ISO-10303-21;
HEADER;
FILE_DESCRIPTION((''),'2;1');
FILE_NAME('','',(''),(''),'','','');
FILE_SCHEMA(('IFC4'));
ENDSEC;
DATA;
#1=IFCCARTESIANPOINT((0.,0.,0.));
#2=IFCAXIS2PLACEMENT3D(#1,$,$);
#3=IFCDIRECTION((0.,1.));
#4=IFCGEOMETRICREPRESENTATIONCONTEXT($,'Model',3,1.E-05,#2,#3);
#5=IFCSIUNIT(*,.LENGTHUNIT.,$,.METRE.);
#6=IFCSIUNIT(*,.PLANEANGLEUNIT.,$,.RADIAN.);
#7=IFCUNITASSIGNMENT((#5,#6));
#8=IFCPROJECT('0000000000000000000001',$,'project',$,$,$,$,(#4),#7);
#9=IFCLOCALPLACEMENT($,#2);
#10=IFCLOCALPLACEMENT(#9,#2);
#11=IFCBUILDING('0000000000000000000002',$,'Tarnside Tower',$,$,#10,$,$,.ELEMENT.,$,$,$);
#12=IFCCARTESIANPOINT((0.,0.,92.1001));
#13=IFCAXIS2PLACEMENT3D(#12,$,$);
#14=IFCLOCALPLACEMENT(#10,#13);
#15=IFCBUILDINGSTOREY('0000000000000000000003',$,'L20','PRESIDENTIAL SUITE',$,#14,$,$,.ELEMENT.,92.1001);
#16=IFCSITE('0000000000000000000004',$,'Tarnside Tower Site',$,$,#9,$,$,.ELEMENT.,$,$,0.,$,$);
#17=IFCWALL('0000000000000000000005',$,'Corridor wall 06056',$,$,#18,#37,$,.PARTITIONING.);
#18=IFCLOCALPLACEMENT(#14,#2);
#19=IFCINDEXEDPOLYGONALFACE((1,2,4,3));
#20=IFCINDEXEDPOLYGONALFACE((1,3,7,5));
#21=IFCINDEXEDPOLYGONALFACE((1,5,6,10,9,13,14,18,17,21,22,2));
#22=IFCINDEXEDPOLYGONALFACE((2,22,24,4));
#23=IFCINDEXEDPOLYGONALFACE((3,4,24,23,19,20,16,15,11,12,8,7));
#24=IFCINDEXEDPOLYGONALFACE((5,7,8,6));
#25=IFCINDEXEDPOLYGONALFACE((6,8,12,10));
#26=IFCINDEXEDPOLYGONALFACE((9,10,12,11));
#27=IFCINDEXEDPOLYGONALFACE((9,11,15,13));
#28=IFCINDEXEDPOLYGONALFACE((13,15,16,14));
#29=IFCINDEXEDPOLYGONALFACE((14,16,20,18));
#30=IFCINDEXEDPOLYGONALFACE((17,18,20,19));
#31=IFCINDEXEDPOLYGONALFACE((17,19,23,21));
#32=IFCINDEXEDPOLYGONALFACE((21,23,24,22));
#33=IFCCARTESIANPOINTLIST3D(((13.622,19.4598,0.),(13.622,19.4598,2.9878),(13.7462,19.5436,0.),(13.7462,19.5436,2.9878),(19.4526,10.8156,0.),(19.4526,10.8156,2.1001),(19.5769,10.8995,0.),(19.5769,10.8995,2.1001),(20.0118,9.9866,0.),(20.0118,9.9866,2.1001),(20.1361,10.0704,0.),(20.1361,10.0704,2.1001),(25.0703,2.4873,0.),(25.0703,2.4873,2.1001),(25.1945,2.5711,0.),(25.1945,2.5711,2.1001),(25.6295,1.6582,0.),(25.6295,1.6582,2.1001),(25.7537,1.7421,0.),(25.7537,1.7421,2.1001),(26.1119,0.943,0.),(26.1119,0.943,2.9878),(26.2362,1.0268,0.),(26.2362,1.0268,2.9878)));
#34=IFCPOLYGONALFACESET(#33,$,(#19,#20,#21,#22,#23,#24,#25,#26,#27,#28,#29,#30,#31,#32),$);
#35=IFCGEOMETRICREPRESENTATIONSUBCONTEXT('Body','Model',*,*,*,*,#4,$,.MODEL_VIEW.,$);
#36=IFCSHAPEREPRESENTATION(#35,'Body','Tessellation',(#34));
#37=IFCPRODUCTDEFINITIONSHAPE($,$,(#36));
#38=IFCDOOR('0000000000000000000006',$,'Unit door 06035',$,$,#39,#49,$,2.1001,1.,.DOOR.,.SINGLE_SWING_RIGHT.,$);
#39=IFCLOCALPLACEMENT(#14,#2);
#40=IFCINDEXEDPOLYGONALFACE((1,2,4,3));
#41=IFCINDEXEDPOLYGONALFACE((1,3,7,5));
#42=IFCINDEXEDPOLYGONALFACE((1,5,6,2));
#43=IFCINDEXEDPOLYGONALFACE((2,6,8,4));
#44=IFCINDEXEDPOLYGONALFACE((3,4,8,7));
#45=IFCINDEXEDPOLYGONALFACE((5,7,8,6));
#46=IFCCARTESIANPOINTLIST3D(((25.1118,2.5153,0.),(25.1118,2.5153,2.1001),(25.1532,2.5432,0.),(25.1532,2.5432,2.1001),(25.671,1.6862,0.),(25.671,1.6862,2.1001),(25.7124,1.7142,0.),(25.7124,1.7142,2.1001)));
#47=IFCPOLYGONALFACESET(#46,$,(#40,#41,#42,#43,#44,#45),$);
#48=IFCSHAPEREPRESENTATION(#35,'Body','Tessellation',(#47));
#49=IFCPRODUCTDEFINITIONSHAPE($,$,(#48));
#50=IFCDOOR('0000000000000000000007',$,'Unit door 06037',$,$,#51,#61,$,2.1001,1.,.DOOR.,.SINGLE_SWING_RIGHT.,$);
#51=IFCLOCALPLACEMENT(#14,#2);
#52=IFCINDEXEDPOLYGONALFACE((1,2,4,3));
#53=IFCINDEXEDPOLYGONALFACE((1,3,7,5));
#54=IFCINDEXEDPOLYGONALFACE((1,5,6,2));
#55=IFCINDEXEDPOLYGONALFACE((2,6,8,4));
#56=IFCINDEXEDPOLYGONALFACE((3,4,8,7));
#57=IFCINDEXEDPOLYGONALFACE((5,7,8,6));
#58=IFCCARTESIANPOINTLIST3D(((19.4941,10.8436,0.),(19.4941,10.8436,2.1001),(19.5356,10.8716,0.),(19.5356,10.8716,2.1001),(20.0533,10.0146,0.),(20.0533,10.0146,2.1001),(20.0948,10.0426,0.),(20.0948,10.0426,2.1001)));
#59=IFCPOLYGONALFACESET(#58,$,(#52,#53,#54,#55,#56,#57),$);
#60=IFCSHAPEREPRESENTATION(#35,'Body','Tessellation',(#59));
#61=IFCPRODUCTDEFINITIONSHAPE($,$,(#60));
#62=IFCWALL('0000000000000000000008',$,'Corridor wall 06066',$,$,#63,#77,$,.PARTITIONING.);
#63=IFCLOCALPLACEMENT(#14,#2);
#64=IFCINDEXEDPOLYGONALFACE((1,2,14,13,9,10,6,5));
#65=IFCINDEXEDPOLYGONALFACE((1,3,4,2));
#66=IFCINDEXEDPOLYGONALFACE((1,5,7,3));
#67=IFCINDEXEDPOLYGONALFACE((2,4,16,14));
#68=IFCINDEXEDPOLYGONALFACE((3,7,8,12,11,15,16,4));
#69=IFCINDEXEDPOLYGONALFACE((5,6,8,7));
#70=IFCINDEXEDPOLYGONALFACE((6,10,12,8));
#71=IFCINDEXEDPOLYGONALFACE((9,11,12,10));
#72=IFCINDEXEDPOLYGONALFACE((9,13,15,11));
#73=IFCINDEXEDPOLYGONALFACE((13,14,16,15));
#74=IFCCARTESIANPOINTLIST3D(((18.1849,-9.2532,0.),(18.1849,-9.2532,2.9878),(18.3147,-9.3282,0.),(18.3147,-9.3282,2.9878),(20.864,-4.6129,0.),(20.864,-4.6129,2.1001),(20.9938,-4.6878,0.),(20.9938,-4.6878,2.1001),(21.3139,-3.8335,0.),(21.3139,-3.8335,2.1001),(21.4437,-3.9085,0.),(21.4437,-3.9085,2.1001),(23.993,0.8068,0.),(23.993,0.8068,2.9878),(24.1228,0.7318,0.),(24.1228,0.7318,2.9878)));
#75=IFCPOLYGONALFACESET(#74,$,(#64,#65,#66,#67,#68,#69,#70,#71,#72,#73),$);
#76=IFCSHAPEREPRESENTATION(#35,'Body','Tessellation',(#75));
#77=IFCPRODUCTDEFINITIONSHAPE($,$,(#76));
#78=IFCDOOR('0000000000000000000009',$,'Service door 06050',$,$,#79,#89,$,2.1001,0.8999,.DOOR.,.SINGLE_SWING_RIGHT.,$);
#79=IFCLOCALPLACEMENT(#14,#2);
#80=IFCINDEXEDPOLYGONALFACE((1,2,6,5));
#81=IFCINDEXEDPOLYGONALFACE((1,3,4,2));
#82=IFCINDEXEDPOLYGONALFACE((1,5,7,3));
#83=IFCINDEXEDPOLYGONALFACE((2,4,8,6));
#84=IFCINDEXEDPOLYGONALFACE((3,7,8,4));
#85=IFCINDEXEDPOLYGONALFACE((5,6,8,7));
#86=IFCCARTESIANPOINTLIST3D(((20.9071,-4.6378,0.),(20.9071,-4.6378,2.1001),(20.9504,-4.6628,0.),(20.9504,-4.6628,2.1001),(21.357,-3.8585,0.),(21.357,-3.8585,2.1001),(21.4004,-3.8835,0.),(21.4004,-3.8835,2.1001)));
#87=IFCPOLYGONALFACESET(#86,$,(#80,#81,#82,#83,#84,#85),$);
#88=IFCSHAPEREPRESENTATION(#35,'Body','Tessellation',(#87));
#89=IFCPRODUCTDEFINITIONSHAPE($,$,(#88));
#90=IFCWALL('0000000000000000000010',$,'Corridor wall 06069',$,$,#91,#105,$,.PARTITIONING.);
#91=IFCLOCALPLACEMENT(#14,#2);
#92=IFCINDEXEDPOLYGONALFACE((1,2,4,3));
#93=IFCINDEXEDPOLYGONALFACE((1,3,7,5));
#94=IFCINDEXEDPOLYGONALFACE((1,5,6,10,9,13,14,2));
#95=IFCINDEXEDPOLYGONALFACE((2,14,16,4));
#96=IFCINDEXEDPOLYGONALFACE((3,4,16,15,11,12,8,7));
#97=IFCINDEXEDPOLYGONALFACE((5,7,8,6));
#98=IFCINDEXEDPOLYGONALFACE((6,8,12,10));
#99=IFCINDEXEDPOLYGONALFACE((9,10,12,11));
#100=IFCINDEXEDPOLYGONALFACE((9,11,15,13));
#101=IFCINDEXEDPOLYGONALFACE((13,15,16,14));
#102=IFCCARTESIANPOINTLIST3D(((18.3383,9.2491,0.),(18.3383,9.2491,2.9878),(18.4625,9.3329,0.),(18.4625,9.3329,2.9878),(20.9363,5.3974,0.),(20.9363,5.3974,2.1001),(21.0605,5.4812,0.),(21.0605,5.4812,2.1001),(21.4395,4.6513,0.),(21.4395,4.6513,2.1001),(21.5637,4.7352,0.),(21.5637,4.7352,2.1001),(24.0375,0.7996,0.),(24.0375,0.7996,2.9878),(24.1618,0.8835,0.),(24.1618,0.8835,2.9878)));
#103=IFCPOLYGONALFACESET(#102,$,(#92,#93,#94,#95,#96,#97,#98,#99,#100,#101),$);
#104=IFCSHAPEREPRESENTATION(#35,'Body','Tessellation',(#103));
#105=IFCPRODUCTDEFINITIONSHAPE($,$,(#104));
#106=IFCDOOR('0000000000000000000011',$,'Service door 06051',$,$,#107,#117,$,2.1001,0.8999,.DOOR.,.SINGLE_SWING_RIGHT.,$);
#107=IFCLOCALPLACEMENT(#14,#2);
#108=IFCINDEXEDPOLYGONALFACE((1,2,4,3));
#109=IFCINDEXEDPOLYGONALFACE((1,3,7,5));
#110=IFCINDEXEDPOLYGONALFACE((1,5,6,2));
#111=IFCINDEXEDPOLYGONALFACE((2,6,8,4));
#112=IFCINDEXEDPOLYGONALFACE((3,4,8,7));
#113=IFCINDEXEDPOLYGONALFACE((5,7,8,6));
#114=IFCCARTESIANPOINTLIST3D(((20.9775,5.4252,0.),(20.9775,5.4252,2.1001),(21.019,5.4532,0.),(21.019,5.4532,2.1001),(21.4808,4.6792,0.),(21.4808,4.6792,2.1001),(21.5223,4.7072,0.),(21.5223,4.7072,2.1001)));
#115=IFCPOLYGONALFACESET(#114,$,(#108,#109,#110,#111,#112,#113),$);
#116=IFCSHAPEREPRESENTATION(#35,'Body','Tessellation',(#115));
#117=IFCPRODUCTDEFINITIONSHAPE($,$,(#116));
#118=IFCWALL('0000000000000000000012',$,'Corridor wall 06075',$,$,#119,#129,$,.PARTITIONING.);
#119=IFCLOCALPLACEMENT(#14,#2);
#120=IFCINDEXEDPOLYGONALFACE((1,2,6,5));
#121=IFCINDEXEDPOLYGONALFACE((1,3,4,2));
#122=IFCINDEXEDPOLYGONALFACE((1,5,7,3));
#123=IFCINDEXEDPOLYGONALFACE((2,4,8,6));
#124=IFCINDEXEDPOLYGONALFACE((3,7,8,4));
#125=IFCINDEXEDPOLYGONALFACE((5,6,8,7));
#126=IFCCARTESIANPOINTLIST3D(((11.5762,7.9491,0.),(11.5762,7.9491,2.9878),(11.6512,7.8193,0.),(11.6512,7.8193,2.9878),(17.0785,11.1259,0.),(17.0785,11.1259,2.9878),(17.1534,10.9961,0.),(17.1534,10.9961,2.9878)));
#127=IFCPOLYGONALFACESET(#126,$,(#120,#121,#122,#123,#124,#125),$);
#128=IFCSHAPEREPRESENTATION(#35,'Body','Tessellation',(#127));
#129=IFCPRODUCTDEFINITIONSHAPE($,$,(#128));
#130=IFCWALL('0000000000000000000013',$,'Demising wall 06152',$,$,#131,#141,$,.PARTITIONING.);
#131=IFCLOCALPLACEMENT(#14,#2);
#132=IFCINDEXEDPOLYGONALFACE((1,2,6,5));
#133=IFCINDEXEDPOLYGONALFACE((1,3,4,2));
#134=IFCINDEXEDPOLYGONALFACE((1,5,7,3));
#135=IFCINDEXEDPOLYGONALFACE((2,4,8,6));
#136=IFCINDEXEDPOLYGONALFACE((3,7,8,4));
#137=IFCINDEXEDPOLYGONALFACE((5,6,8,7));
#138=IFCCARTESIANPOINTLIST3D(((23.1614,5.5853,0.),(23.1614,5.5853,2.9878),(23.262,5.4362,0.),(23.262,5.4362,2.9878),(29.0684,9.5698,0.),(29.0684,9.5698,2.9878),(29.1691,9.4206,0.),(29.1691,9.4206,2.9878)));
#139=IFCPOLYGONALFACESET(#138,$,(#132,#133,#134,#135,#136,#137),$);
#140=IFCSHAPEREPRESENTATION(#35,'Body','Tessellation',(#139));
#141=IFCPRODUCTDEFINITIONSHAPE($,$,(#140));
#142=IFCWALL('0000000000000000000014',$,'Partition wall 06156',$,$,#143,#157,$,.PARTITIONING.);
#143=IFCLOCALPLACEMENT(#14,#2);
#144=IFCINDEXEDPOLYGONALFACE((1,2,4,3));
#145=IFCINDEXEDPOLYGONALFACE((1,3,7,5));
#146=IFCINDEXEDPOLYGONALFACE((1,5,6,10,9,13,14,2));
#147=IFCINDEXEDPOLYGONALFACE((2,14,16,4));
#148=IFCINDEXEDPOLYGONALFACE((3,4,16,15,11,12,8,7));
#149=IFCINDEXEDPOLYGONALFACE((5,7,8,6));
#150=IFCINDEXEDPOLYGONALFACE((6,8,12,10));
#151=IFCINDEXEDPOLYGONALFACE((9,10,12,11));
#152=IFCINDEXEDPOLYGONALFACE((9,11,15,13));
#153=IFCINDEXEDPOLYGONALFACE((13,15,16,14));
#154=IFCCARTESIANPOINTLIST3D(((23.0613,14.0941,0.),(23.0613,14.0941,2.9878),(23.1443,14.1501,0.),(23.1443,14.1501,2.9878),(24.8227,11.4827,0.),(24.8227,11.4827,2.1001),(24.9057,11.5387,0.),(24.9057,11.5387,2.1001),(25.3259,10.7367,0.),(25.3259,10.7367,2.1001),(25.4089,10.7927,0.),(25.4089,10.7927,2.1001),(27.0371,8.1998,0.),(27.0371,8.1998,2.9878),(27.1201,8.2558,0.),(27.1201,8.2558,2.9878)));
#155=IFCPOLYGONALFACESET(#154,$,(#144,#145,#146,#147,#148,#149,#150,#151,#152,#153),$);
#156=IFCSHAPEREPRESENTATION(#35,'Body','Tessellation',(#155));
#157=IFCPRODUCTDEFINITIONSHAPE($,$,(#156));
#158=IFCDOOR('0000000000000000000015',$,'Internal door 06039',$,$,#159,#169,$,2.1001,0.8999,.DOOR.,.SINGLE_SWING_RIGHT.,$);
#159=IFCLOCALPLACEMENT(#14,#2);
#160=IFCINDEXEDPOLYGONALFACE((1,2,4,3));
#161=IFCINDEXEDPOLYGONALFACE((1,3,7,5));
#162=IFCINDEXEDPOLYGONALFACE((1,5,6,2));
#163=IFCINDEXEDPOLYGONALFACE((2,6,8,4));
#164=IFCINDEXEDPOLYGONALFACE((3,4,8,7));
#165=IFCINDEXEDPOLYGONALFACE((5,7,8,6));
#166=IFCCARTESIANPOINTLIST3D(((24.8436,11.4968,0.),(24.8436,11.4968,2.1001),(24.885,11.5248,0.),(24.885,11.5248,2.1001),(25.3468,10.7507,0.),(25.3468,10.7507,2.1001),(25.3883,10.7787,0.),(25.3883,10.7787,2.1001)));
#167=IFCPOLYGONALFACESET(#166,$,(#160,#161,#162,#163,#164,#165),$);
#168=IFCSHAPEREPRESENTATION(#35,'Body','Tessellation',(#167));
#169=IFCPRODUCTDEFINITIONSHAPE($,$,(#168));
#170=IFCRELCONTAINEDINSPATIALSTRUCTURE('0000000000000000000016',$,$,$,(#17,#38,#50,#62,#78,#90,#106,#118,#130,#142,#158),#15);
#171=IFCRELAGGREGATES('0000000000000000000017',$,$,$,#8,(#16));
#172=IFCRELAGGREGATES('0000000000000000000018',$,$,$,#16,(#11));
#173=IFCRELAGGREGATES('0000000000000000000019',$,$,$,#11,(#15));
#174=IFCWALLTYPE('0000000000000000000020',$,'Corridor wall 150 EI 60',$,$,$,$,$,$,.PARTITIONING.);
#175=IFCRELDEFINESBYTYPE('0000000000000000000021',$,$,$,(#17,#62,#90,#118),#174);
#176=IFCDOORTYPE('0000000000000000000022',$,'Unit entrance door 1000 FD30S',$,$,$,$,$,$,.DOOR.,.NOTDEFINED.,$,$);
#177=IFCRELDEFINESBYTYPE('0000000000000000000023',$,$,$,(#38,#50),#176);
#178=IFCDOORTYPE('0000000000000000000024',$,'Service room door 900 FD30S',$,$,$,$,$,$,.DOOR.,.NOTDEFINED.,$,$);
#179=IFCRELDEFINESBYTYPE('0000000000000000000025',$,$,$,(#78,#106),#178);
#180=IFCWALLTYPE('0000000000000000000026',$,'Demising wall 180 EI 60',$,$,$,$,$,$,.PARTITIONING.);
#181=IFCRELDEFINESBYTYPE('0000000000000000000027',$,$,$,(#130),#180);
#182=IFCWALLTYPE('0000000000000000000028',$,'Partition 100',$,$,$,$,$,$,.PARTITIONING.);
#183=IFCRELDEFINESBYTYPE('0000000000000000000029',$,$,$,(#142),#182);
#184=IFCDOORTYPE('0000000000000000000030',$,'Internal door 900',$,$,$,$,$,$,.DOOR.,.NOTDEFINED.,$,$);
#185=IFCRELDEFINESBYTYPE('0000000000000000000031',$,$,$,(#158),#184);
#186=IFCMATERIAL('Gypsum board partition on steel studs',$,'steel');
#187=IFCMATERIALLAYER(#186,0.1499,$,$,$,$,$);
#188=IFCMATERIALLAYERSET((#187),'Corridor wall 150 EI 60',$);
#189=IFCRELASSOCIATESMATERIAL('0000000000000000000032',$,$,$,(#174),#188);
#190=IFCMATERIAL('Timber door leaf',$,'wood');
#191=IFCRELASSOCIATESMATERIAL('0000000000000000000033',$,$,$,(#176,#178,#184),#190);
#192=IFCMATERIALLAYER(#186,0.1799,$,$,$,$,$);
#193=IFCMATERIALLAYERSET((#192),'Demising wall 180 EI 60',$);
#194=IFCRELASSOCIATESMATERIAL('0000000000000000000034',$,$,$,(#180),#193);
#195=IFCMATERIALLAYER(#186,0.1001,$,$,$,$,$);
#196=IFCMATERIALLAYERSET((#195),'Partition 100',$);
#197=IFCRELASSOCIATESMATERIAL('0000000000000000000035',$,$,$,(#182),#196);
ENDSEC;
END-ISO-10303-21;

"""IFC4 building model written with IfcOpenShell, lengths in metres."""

from ifc_helpers import new_model, si_unit, direction, frame, frame_2d, origin, place, context, subcontext, project, spatial, rectangle, extrude, material, layer, layer_set, type_object, element, fill, save


model = new_model("IFC4")

# Units and contexts
model_context = context("Model", 3, precision=1e-05, world=origin(), true_north=direction((0.0, 1.0)))
body_context = subcontext(model_context, "Body", "Model", "MODEL_VIEW")
ifc_project = project(units=[si_unit("LENGTHUNIT", "METRE"), si_unit("PLANEANGLEUNIT", "RADIAN")], contexts=[model_context])

# Site, building, storey
site_placement = place(None, origin())
site = spatial("IfcSite", under=ifc_project, at=site_placement, Name="Tarnside Tower Site", CompositionType="ELEMENT", RefElevation=0.0)
building_placement = place(site_placement, origin())
building = spatial("IfcBuilding", under=site, at=building_placement, Name="Tarnside Tower", CompositionType="ELEMENT")
storey_placement = place(building_placement, frame((0.0, 0.0, 92.1001)))
storey = spatial("IfcBuildingStorey", under=building, at=storey_placement, Name="L20", Description="PRESIDENTIAL SUITE", CompositionType="ELEMENT", Elevation=92.1001)

# Shared definitions
ifc_material_1 = material(Name="Gypsum board partition on steel studs", Category="steel")

# Shared definitions
ifc_material_2 = material(Name="Timber door leaf", Category="wood")

# Wall, openings, doors
ifc_layer_1 = layer(ifc_material_1, 0.1499)
ifc_layer_set_1 = layer_set([ifc_layer_1], Name="Corridor wall 150 EI 60")
wall_type_1 = type_object("IfcWallType", Name="Corridor wall 150 EI 60", PredefinedType="PARTITIONING", material=ifc_layer_set_1)
wall_1_placement = place(storey_placement, frame((26.1741, 0.9849, 0.0), z_axis=(0.0, 0.0, 1.0), x_axis=(-0.5592, 0.829033, 0.0)))
wall_1 = element("IfcWall", 1, at=wall_1_placement, inside=storey, type_object=wall_type_1, Name="Corridor wall 06056", PredefinedType="PARTITIONING", context=body_context, shape_type="SweptSolid", body=[
    extrude(rectangle(XDim=22.3354, YDim=0.1499, at=frame_2d((11.1677, 0.0))), origin(), (0.0, 0.0, 1.0), 2.9878),
])
opening_1_placement = place(wall_1_placement, frame((0.8628, 0.0, 0.0)))
opening_1 = element("IfcOpeningElement", 2, at=opening_1_placement, cuts=wall_1, PredefinedType="OPENING", context=body_context, shape_type="SweptSolid", body=[
    extrude(rectangle(XDim=1.0, YDim=2.1001, at=frame_2d((0.5, 1.05))), frame((0.0, 0.085, 0.0), z_axis=(0.0, -1.0, 0.0), x_axis=(1.0, 0.0, 0.0)), (0.0, 0.0, 1.0), 0.1699),
])
opening_2_placement = place(wall_1_placement, frame((10.9087, 0.0, 0.0)))
opening_2 = element("IfcOpeningElement", 3, at=opening_2_placement, cuts=wall_1, PredefinedType="OPENING", context=body_context, shape_type="SweptSolid", body=[
    extrude(rectangle(XDim=1.0, YDim=2.1001, at=frame_2d((0.5, 1.05))), frame((0.0, 0.085, 0.0), z_axis=(0.0, -1.0, 0.0), x_axis=(1.0, 0.0, 0.0)), (0.0, 0.0, 1.0), 0.1699),
])
door_type_1 = type_object("IfcDoorType", Name="Unit entrance door 1000 FD30S", OperationType="NOTDEFINED", PredefinedType="DOOR", material=ifc_material_2)
door_1_placement = place(opening_1_placement, origin())
door_1 = element("IfcDoor", 4, at=door_1_placement, inside=storey, type_object=door_type_1, Name="Unit door 06035", OperationType="SINGLE_SWING_RIGHT", OverallHeight=2.1001, OverallWidth=1.0, PredefinedType="DOOR", context=body_context, shape_type="SweptSolid", body=[
    extrude(rectangle(XDim=1.0, YDim=2.1001, at=frame_2d((0.5, 1.05))), frame((0.0, 0.0249, 0.0), z_axis=(0.0, -1.0, 0.0), x_axis=(1.0, 0.0, 0.0)), (0.0, 0.0, 1.0), 0.05),
])
fill(opening_1, door_1)
door_2_placement = place(opening_2_placement, origin())
door_2 = element("IfcDoor", 5, at=door_2_placement, inside=storey, type_object=door_type_1, Name="Unit door 06037", OperationType="SINGLE_SWING_RIGHT", OverallHeight=2.1001, OverallWidth=1.0, PredefinedType="DOOR", context=body_context, shape_type="SweptSolid", body=[
    extrude(rectangle(XDim=1.0, YDim=2.1001, at=frame_2d((0.5, 1.05))), frame((0.0, 0.0249, 0.0), z_axis=(0.0, -1.0, 0.0), x_axis=(1.0, 0.0, 0.0)), (0.0, 0.0, 1.0), 0.05),
])
fill(opening_2, door_2)

# Walls, openings, doors
wall_2_placement = place(storey_placement, frame((24.0579, 0.7693, 0.0), z_axis=(0.0, 0.0, 1.0), x_axis=(-0.499995, -0.866028, 0.0)))
wall_2 = element("IfcWall", 6, at=wall_2_placement, inside=storey, type_object=wall_type_1, Name="Corridor wall 06066", PredefinedType="PARTITIONING", context=body_context, shape_type="SweptSolid", body=[
    extrude(rectangle(XDim=11.6162, YDim=0.1499, at=frame_2d((5.8081, 0.0))), origin(), (0.0, 0.0, 1.0), 2.9878),
])
opening_3_placement = place(wall_2_placement, frame((5.3582, 0.0, 0.0)))
opening_3 = element("IfcOpeningElement", 7, at=opening_3_placement, cuts=wall_2, PredefinedType="OPENING", context=body_context, shape_type="SweptSolid", body=[
    extrude(rectangle(XDim=0.8999, YDim=2.1001, at=frame_2d((0.45, 1.05))), frame((0.0, 0.085, 0.0), z_axis=(0.0, -1.0, 0.0), x_axis=(1.0, 0.0, 0.0)), (0.0, 0.0, 1.0), 0.1699),
])
door_type_2 = type_object("IfcDoorType", Name="Service room door 900 FD30S", OperationType="NOTDEFINED", PredefinedType="DOOR", material=ifc_material_2)
door_3_placement = place(opening_3_placement, origin())
door_3 = element("IfcDoor", 8, at=door_3_placement, inside=storey, type_object=door_type_2, Name="Service door 06050", OperationType="SINGLE_SWING_RIGHT", OverallHeight=2.1001, OverallWidth=0.8999, PredefinedType="DOOR", context=body_context, shape_type="SweptSolid", body=[
    extrude(rectangle(XDim=0.8999, YDim=2.1001, at=frame_2d((0.45, 1.05))), frame((0.0, 0.0249, 0.0), z_axis=(0.0, -1.0, 0.0), x_axis=(1.0, 0.0, 0.0)), (0.0, 0.0, 1.0), 0.05),
])
fill(opening_3, door_3)
wall_3_placement = place(storey_placement, frame((18.4004, 9.291, 0.0), z_axis=(0.0, 0.0, 1.0), x_axis=(0.559192, -0.829038, 0.0)))
wall_3 = element("IfcWall", 9, at=wall_3_placement, inside=storey, type_object=wall_type_1, Name="Corridor wall 06069", PredefinedType="PARTITIONING", context=body_context, shape_type="SweptSolid", body=[
    extrude(rectangle(XDim=10.1919, YDim=0.1499, at=frame_2d((5.0959, 0.0))), origin(), (0.0, 0.0, 1.0), 2.9878),
])
opening_4_placement = place(wall_3_placement, frame((4.646, 0.0, 0.0)))
opening_4 = element("IfcOpeningElement", 10, at=opening_4_placement, cuts=wall_3, PredefinedType="OPENING", context=body_context, shape_type="SweptSolid", body=[
    extrude(rectangle(XDim=0.8999, YDim=2.1001, at=frame_2d((0.45, 1.05))), frame((0.0, 0.085, 0.0), z_axis=(0.0, -1.0, 0.0), x_axis=(1.0, 0.0, 0.0)), (0.0, 0.0, 1.0), 0.1699),
])
door_4_placement = place(opening_4_placement, origin())
door_4 = element("IfcDoor", 11, at=door_4_placement, inside=storey, type_object=door_type_2, Name="Service door 06051", OperationType="SINGLE_SWING_RIGHT", OverallHeight=2.1001, OverallWidth=0.8999, PredefinedType="DOOR", context=body_context, shape_type="SweptSolid", body=[
    extrude(rectangle(XDim=0.8999, YDim=2.1001, at=frame_2d((0.45, 1.05))), frame((0.0, 0.0249, 0.0), z_axis=(0.0, -1.0, 0.0), x_axis=(1.0, 0.0, 0.0)), (0.0, 0.0, 1.0), 0.05),
])
fill(opening_4, door_4)

# Walls
wall_4_placement = place(storey_placement, frame((17.116, 11.061, 0.0), z_axis=(0.0, 0.0, 1.0), x_axis=(-0.866021, -0.500007, 0.0)))
element("IfcWall", 12, at=wall_4_placement, inside=storey, type_object=wall_type_1, Name="Corridor wall 06075", PredefinedType="PARTITIONING", context=body_context, shape_type="SweptSolid", body=[
    extrude(rectangle(XDim=6.3535, YDim=0.1499, at=frame_2d((3.1768, 0.0))), origin(), (0.0, 0.0, 1.0), 2.9878),
])
ifc_layer_2 = layer(ifc_material_1, 0.1799)
ifc_layer_set_2 = layer_set([ifc_layer_2], Name="Demising wall 180 EI 60")
wall_type_2 = type_object("IfcWallType", Name="Demising wall 180 EI 60", PredefinedType="PARTITIONING", material=ifc_layer_set_2)
wall_5_placement = place(storey_placement, frame((29.1187, 9.4951, 0.0), z_axis=(0.0, 0.0, 1.0), x_axis=(-0.829033, -0.559199, 0.0)))
element("IfcWall", 13, at=wall_5_placement, inside=storey, type_object=wall_type_2, Name="Demising wall 06152", PredefinedType="PARTITIONING", context=body_context, shape_type="SweptSolid", body=[
    extrude(rectangle(XDim=7.1252, YDim=0.1799, at=frame_2d((3.5625, 0.0))), origin(), (0.0, 0.0, 1.0), 2.9878),
])

# Wall, opening, door
ifc_layer_3 = layer(ifc_material_1, 0.1001)
ifc_layer_set_3 = layer_set([ifc_layer_3], Name="Partition 100")
wall_type_3 = type_object("IfcWallType", Name="Partition 100", PredefinedType="PARTITIONING", material=ifc_layer_set_3)
wall_6_placement = place(storey_placement, frame((27.0786, 8.2278, 0.0), z_axis=(0.0, 0.0, 1.0), x_axis=(-0.559201, 0.829032, 0.0)))
wall_6 = element("IfcWall", 14, at=wall_6_placement, inside=storey, type_object=wall_type_3, Name="Partition wall 06156", PredefinedType="PARTITIONING", context=body_context, shape_type="SweptSolid", body=[
    extrude(rectangle(XDim=7.1099, YDim=0.1001, at=frame_2d((3.5549, 0.0))), origin(), (0.0, 0.0, 1.0), 2.9878),
])
opening_5_placement = place(wall_6_placement, frame((3.0601, 0.0, 0.0)))
opening_5 = element("IfcOpeningElement", 15, at=opening_5_placement, cuts=wall_6, PredefinedType="OPENING", context=body_context, shape_type="SweptSolid", body=[
    extrude(rectangle(XDim=0.8999, YDim=2.1001, at=frame_2d((0.45, 1.05))), frame((0.0, 0.0601, 0.0), z_axis=(0.0, -1.0, 0.0), x_axis=(1.0, 0.0, 0.0)), (0.0, 0.0, 1.0), 0.1201),
])
door_type_3 = type_object("IfcDoorType", Name="Internal door 900", OperationType="NOTDEFINED", PredefinedType="DOOR", material=ifc_material_2)
door_5_placement = place(opening_5_placement, origin())
door_5 = element("IfcDoor", 16, at=door_5_placement, inside=storey, type_object=door_type_3, Name="Internal door 06039", OperationType="SINGLE_SWING_RIGHT", OverallHeight=2.1001, OverallWidth=0.8999, PredefinedType="DOOR", context=body_context, shape_type="SweptSolid", body=[
    extrude(rectangle(XDim=0.8999, YDim=2.1001, at=frame_2d((0.45, 1.05))), frame((0.0, 0.0249, 0.0), z_axis=(0.0, -1.0, 0.0), x_axis=(1.0, 0.0, 0.0)), (0.0, 0.0, 1.0), 0.05),
])
fill(opening_5, door_5)

save(model, "model.ifc")
